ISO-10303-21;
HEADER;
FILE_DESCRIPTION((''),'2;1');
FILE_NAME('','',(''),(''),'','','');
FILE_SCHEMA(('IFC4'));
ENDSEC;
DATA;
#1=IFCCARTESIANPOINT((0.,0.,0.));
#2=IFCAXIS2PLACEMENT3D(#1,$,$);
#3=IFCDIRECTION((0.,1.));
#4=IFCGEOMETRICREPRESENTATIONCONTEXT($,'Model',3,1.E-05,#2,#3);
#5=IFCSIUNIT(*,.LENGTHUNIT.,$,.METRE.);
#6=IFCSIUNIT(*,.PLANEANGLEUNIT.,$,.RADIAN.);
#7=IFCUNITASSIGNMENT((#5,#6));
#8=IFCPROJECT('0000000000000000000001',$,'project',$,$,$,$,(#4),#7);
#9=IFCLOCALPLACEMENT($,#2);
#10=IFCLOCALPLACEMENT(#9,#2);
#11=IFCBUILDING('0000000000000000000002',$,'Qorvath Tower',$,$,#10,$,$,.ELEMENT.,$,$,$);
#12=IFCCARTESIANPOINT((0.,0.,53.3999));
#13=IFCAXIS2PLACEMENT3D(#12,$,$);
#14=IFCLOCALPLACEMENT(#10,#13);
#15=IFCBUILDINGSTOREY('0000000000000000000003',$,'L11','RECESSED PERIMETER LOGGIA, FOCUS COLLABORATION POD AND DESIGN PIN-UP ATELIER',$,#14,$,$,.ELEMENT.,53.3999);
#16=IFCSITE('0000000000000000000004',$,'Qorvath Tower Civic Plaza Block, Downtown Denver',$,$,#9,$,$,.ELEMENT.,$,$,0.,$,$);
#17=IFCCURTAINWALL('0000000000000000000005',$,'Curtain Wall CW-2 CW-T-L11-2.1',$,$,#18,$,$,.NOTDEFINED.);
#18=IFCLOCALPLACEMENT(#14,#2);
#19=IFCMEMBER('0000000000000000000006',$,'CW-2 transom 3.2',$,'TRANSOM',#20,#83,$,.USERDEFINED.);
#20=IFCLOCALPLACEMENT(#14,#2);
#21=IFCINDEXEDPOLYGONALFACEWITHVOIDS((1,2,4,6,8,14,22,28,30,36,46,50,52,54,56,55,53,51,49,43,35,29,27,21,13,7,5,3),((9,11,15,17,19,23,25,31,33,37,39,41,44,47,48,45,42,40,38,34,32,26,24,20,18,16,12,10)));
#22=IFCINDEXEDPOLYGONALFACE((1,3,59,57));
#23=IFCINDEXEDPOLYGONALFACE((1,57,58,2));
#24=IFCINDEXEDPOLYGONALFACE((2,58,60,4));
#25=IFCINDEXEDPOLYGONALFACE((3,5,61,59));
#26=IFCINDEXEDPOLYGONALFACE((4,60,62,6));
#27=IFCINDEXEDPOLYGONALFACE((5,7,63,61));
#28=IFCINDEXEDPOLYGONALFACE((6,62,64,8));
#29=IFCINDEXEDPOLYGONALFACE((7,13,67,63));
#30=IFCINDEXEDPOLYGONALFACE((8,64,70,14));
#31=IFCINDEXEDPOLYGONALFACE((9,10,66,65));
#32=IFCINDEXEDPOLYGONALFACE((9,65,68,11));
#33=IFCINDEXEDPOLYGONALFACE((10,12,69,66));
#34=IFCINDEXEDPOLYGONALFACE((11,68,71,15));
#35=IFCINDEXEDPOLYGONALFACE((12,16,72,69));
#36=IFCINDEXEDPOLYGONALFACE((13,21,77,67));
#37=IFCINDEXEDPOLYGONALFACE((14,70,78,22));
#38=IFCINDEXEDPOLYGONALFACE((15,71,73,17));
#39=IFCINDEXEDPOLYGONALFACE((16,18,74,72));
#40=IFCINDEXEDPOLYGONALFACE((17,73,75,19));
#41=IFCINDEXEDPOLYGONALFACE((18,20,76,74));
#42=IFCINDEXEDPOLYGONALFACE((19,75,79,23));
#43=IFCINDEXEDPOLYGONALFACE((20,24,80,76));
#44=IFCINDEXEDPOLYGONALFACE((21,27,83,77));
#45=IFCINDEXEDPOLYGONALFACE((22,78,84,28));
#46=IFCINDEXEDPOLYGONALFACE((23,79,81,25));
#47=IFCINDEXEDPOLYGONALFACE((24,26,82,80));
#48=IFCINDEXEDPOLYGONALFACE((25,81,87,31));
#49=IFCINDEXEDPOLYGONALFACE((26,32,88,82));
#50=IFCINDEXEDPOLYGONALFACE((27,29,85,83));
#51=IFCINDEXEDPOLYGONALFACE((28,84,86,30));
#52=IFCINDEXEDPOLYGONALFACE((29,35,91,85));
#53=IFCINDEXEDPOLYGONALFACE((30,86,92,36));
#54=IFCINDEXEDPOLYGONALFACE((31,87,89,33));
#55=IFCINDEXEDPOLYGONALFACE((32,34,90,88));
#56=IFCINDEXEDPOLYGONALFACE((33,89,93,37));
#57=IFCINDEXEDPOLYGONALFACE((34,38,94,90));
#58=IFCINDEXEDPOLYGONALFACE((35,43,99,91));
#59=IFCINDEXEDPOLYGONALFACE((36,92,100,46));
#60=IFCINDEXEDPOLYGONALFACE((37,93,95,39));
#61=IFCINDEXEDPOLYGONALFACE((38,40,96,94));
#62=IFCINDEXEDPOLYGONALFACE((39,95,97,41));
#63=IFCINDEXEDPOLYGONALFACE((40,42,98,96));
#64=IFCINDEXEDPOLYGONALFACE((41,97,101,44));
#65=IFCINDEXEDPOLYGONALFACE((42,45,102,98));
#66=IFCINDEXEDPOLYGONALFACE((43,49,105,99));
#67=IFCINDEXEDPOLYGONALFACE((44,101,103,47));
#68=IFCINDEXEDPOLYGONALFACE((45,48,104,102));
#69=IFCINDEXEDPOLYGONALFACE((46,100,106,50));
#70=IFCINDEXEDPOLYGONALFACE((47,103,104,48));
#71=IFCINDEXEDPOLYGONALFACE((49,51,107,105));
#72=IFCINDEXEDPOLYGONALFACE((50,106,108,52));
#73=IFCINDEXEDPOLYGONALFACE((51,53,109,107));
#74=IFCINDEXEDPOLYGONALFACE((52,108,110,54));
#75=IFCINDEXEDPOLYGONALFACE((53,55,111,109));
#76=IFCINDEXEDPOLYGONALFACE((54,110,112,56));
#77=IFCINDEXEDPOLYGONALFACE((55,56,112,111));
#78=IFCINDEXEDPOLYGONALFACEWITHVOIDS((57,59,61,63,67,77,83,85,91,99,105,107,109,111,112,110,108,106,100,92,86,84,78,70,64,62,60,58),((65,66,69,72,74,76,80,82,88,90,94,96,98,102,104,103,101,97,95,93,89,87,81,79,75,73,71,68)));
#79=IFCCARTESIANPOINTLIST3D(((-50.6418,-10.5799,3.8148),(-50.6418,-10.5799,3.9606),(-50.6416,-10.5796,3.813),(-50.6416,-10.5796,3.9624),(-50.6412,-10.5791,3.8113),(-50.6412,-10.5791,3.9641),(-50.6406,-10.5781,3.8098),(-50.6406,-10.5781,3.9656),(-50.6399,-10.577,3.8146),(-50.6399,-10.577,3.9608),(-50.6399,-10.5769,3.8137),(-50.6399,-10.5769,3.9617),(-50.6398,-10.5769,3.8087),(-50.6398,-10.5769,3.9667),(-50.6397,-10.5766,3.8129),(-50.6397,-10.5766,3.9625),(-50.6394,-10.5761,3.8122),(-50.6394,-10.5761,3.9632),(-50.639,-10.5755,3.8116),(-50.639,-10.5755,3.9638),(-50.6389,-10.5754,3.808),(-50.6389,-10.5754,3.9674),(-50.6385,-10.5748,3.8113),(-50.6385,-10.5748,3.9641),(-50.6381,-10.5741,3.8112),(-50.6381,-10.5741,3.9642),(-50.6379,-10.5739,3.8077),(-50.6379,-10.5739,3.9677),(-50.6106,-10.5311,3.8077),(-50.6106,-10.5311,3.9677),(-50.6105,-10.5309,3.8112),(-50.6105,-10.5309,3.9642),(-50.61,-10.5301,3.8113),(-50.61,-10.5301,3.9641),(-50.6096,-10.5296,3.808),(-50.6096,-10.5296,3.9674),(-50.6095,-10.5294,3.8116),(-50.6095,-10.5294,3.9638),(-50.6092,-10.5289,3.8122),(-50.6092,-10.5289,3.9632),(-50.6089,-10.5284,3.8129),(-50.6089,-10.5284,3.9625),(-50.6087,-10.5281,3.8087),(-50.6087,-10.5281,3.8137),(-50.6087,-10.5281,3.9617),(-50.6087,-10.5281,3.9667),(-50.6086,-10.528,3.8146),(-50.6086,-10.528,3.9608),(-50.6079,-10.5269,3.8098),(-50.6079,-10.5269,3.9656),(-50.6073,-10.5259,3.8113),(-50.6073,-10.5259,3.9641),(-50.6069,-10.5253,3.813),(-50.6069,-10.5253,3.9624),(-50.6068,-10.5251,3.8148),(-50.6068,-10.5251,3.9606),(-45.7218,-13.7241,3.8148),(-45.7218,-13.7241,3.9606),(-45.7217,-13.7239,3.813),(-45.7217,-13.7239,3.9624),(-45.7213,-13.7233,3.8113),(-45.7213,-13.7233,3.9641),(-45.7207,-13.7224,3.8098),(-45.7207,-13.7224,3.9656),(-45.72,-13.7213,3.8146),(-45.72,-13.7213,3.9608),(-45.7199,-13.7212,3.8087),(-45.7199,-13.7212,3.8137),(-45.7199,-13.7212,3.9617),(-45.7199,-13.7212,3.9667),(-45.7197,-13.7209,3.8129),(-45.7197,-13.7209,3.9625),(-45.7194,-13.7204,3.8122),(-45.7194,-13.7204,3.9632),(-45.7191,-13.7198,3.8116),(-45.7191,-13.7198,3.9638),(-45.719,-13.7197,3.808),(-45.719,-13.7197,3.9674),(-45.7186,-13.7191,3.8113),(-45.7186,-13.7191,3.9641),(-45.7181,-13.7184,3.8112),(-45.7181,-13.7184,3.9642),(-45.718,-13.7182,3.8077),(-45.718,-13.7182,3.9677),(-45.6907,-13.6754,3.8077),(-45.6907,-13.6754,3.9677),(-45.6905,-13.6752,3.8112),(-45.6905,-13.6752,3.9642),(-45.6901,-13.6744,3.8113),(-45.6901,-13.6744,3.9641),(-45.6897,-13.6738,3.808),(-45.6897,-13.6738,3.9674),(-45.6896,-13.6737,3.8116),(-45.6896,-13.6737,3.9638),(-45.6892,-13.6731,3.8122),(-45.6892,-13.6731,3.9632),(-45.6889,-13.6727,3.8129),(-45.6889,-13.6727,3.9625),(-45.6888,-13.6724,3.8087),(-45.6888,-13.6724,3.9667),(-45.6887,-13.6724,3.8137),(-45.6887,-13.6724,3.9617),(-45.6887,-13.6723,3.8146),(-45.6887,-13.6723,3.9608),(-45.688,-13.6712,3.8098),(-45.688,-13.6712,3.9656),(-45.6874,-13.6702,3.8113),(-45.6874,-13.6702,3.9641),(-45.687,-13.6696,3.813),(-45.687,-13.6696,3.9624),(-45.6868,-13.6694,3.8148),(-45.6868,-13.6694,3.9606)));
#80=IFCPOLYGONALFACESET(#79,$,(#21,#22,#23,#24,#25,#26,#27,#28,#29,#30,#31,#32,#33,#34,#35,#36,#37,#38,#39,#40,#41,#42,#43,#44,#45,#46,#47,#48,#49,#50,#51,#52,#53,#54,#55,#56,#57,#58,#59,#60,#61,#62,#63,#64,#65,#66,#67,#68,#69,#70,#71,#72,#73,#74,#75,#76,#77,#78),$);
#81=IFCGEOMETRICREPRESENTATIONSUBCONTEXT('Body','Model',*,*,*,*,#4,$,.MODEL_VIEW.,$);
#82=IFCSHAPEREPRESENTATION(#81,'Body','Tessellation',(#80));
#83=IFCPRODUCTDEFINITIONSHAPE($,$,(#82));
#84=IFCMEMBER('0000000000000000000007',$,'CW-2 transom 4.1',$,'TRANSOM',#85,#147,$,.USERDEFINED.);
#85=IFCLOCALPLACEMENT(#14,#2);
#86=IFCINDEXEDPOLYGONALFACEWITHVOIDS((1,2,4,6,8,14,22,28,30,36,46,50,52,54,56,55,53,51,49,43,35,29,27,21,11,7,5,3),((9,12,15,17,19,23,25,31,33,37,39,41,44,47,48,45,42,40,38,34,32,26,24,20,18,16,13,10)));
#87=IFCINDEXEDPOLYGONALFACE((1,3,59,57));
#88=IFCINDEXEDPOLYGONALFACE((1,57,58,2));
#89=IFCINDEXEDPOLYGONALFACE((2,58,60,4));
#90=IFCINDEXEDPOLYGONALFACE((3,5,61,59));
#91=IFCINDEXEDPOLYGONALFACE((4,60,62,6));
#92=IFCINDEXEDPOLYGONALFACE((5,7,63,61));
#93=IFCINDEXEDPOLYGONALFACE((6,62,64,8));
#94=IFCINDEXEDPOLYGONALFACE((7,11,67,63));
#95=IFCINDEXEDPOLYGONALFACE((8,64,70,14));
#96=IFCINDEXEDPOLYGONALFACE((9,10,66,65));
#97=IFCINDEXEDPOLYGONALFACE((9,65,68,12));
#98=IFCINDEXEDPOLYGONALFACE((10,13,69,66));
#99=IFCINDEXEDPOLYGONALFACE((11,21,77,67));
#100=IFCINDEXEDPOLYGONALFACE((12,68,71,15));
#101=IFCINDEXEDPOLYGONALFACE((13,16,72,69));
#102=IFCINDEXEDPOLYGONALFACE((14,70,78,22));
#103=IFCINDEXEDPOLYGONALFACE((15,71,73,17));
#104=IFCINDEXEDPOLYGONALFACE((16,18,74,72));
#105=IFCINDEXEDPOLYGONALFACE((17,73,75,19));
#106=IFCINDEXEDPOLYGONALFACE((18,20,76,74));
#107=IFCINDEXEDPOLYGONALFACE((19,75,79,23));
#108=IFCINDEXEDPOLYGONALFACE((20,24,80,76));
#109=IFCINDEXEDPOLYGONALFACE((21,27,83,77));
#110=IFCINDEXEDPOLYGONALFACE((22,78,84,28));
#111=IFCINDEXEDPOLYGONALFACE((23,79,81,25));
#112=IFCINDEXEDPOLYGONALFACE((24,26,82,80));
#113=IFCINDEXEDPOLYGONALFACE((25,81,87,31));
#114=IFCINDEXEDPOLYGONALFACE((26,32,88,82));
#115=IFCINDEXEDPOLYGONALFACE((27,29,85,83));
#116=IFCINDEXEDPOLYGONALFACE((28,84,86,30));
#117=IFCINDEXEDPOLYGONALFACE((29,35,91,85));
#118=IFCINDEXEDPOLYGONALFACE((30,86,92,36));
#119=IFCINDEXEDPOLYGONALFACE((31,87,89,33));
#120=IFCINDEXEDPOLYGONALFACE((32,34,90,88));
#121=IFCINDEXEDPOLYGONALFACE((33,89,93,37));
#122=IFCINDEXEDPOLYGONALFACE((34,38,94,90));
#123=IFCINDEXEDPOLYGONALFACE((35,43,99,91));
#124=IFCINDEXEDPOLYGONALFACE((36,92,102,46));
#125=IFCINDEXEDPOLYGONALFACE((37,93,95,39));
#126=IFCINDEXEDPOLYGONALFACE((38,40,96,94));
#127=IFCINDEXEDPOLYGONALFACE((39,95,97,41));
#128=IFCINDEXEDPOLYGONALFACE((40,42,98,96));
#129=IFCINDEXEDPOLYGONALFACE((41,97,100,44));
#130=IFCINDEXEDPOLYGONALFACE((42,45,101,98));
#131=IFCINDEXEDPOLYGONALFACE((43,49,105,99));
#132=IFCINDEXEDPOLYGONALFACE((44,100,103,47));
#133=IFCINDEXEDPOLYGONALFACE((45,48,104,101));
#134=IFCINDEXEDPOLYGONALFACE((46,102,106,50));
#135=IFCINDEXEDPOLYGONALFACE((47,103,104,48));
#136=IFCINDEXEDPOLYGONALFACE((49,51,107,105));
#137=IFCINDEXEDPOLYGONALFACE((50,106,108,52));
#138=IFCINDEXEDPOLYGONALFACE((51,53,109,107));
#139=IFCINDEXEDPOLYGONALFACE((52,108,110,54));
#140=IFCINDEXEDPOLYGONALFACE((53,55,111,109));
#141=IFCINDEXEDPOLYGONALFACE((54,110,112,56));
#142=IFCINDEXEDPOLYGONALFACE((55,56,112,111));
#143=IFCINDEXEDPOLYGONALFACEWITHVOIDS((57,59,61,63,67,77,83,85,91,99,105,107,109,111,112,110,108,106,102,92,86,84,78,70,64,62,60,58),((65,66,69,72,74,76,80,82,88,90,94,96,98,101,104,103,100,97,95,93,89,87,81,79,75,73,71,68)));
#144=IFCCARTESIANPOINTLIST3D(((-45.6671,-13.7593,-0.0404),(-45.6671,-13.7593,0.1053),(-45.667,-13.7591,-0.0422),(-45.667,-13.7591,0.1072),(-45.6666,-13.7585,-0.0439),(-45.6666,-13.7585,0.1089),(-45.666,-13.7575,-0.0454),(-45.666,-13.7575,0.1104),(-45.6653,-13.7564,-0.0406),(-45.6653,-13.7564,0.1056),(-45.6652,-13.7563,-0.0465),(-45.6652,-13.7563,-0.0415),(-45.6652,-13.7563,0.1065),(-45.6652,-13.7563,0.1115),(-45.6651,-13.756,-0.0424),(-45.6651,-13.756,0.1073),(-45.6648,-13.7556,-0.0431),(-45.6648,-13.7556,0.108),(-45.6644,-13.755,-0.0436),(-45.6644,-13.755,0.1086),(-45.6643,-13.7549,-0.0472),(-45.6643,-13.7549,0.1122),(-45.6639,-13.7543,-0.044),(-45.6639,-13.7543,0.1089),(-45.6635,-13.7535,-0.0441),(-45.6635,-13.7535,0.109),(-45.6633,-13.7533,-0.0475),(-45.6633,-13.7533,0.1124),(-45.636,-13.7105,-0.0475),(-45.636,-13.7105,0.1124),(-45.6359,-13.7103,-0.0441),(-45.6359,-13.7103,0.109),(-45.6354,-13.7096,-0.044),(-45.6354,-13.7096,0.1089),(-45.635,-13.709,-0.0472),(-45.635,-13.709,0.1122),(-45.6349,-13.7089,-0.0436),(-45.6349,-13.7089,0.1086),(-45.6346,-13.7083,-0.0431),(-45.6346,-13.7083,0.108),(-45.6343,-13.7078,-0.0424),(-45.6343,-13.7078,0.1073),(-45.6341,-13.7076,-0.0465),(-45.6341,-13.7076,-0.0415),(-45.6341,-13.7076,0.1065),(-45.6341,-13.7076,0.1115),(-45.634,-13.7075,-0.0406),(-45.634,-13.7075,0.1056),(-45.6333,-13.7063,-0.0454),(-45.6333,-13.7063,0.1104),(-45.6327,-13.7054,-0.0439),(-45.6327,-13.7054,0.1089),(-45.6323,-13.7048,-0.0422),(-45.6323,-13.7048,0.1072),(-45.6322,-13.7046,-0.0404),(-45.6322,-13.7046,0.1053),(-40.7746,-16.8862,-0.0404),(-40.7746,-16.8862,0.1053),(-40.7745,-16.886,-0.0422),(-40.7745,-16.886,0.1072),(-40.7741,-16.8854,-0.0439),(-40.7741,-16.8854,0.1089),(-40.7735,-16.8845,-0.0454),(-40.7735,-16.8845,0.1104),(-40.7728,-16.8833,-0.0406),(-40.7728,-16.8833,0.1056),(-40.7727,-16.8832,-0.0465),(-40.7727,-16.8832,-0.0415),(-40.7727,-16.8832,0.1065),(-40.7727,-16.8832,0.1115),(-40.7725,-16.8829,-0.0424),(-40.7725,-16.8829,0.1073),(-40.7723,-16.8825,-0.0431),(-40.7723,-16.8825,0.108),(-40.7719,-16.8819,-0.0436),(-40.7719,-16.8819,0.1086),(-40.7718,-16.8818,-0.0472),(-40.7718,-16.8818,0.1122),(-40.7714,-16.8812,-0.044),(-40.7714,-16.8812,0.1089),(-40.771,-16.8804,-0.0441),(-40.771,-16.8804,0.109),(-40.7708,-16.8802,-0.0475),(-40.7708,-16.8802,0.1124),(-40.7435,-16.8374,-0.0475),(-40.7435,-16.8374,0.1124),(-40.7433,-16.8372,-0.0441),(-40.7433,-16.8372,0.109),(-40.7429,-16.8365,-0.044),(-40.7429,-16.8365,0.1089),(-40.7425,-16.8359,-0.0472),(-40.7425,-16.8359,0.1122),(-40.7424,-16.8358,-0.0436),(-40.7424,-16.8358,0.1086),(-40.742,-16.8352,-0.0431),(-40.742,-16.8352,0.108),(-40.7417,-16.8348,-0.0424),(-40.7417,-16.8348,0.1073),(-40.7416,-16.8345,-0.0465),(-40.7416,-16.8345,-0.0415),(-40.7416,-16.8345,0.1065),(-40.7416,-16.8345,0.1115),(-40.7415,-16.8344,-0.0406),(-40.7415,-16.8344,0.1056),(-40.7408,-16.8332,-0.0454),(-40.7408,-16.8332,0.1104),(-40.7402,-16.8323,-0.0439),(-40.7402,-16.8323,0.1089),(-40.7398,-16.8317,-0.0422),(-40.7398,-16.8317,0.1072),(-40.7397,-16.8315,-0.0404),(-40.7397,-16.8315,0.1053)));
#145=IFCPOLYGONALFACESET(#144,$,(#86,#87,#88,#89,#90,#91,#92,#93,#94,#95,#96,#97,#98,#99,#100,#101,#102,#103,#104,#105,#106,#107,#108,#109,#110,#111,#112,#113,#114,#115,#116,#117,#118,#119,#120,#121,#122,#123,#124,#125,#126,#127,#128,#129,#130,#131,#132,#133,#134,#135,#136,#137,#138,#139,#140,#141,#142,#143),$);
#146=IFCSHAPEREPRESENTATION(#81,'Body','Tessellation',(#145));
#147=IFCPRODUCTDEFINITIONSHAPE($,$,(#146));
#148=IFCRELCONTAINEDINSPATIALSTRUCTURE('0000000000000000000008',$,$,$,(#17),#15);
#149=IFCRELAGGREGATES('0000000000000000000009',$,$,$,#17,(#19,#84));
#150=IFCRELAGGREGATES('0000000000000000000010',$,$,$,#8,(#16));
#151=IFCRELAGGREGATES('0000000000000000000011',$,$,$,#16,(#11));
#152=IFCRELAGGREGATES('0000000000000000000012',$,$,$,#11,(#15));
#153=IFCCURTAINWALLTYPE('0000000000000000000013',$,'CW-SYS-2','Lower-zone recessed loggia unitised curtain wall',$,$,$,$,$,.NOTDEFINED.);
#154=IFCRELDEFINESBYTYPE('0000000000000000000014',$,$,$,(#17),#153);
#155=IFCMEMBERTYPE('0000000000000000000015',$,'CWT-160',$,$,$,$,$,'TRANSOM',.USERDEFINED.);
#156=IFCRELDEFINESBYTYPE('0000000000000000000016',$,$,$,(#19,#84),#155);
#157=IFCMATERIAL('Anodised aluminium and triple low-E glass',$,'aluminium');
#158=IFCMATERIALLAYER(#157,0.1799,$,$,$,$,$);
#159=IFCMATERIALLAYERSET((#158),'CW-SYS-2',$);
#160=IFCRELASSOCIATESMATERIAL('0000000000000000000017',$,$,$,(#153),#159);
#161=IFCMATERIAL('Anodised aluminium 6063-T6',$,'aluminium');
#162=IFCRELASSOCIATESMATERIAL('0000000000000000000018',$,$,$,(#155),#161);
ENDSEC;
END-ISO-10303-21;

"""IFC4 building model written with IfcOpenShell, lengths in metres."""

from ifc_helpers import new_model, si_unit, direction, frame, origin, origin_2d, place, context, subcontext, project, spatial, hollow_rectangle, extrude, material, layer, layer_set, material_profile, profile_set, type_object, element, aggregate, save


model = new_model("IFC4")

# Units and contexts
model_context = context("Model", 3, precision=1e-05, world=origin(), true_north=direction((0.0, 1.0)))
body_context = subcontext(model_context, "Body", "Model", "MODEL_VIEW")
ifc_project = project(units=[si_unit("LENGTHUNIT", "METRE"), si_unit("PLANEANGLEUNIT", "RADIAN")], contexts=[model_context])

# Site, building, storey
site_placement = place(None, origin())
site = spatial("IfcSite", under=ifc_project, at=site_placement, Name="Qorvath Tower Civic Plaza Block, Downtown Denver", CompositionType="ELEMENT", RefElevation=0.0)
building_placement = place(site_placement, origin())
building = spatial("IfcBuilding", under=site, at=building_placement, Name="Qorvath Tower", CompositionType="ELEMENT")
storey_placement = place(building_placement, frame((0.0, 0.0, 53.3999)))
storey = spatial("IfcBuildingStorey", under=building, at=storey_placement, Name="L11", Description="RECESSED PERIMETER LOGGIA, FOCUS COLLABORATION POD AND DESIGN PIN-UP ATELIER", CompositionType="ELEMENT", Elevation=53.3999)

# Curtain wall
ifc_material_1 = material(Name="Anodised aluminium and triple low-E glass", Category="aluminium")
ifc_layer_1 = layer(ifc_material_1, 0.1799)
ifc_layer_set_1 = layer_set([ifc_layer_1], Name="CW-SYS-2")
curtain_wall_type = type_object("IfcCurtainWallType", Name="CW-SYS-2", Description="Lower-zone recessed loggia unitised curtain wall", PredefinedType="NOTDEFINED", material=ifc_layer_set_1)
curtain_wall_1_placement = place(storey_placement, origin())
curtain_wall_1 = element("IfcCurtainWall", 1, at=curtain_wall_1_placement, inside=storey, type_object=curtain_wall_type, Name="Curtain Wall CW-2 CW-T-L11-2.1", PredefinedType="NOTDEFINED")

# Members
ifc_material_2 = material(Name="Anodised aluminium 6063-T6", Category="aluminium")
ifc_material_profile_1 = material_profile(ifc_material_2, hollow_rectangle(XDim=0.0649, YDim=0.1599, WallThickness=0.0034, InnerFilletRadius=0.0034, OuterFilletRadius=0.0071, at=origin_2d()), Name="CWT 160x65")
ifc_profile_set_1 = profile_set([ifc_material_profile_1], Name="Anodised aluminium 6063-T6")
member_type_1 = type_object("IfcMemberType", Name="CWT-160", ElementType="TRANSOM", PredefinedType="USERDEFINED", material=ifc_profile_set_1)
member_1_placement = place(storey_placement, frame((-50.6243, -10.5525, 3.8877), z_axis=(0.842618, -0.538511, 0.0), x_axis=(0.538511, 0.842618, 0.0)))
member_1 = element("IfcMember", 2, at=member_1_placement, type_object=member_type_1, Name="CW-2 transom 3.2", ObjectType="TRANSOM", PredefinedType="USERDEFINED", context=body_context, shape_type="SweptSolid", body=[
    extrude(hollow_rectangle(XDim=0.0649, YDim=0.1599, WallThickness=0.0034, InnerFilletRadius=0.0034, OuterFilletRadius=0.0071, at=origin_2d()), origin(), (0.0, 0.0, 1.0), 5.8389),
])
member_2_placement = place(storey_placement, frame((-45.6497, -13.7319, 0.0325), z_axis=(0.842607, -0.538529, 0.0), x_axis=(0.538529, 0.842607, 0.0)))
member_2 = element("IfcMember", 3, at=member_2_placement, type_object=member_type_1, Name="CW-2 transom 4.1", ObjectType="TRANSOM", PredefinedType="USERDEFINED", context=body_context, shape_type="SweptSolid", body=[
    extrude(hollow_rectangle(XDim=0.0649, YDim=0.1599, WallThickness=0.0034, InnerFilletRadius=0.0034, OuterFilletRadius=0.0071, at=origin_2d()), origin(), (0.0, 0.0, 1.0), 5.8064),
])

aggregate(curtain_wall_1, [member_1, member_2])

save(model, "model.ifc")
